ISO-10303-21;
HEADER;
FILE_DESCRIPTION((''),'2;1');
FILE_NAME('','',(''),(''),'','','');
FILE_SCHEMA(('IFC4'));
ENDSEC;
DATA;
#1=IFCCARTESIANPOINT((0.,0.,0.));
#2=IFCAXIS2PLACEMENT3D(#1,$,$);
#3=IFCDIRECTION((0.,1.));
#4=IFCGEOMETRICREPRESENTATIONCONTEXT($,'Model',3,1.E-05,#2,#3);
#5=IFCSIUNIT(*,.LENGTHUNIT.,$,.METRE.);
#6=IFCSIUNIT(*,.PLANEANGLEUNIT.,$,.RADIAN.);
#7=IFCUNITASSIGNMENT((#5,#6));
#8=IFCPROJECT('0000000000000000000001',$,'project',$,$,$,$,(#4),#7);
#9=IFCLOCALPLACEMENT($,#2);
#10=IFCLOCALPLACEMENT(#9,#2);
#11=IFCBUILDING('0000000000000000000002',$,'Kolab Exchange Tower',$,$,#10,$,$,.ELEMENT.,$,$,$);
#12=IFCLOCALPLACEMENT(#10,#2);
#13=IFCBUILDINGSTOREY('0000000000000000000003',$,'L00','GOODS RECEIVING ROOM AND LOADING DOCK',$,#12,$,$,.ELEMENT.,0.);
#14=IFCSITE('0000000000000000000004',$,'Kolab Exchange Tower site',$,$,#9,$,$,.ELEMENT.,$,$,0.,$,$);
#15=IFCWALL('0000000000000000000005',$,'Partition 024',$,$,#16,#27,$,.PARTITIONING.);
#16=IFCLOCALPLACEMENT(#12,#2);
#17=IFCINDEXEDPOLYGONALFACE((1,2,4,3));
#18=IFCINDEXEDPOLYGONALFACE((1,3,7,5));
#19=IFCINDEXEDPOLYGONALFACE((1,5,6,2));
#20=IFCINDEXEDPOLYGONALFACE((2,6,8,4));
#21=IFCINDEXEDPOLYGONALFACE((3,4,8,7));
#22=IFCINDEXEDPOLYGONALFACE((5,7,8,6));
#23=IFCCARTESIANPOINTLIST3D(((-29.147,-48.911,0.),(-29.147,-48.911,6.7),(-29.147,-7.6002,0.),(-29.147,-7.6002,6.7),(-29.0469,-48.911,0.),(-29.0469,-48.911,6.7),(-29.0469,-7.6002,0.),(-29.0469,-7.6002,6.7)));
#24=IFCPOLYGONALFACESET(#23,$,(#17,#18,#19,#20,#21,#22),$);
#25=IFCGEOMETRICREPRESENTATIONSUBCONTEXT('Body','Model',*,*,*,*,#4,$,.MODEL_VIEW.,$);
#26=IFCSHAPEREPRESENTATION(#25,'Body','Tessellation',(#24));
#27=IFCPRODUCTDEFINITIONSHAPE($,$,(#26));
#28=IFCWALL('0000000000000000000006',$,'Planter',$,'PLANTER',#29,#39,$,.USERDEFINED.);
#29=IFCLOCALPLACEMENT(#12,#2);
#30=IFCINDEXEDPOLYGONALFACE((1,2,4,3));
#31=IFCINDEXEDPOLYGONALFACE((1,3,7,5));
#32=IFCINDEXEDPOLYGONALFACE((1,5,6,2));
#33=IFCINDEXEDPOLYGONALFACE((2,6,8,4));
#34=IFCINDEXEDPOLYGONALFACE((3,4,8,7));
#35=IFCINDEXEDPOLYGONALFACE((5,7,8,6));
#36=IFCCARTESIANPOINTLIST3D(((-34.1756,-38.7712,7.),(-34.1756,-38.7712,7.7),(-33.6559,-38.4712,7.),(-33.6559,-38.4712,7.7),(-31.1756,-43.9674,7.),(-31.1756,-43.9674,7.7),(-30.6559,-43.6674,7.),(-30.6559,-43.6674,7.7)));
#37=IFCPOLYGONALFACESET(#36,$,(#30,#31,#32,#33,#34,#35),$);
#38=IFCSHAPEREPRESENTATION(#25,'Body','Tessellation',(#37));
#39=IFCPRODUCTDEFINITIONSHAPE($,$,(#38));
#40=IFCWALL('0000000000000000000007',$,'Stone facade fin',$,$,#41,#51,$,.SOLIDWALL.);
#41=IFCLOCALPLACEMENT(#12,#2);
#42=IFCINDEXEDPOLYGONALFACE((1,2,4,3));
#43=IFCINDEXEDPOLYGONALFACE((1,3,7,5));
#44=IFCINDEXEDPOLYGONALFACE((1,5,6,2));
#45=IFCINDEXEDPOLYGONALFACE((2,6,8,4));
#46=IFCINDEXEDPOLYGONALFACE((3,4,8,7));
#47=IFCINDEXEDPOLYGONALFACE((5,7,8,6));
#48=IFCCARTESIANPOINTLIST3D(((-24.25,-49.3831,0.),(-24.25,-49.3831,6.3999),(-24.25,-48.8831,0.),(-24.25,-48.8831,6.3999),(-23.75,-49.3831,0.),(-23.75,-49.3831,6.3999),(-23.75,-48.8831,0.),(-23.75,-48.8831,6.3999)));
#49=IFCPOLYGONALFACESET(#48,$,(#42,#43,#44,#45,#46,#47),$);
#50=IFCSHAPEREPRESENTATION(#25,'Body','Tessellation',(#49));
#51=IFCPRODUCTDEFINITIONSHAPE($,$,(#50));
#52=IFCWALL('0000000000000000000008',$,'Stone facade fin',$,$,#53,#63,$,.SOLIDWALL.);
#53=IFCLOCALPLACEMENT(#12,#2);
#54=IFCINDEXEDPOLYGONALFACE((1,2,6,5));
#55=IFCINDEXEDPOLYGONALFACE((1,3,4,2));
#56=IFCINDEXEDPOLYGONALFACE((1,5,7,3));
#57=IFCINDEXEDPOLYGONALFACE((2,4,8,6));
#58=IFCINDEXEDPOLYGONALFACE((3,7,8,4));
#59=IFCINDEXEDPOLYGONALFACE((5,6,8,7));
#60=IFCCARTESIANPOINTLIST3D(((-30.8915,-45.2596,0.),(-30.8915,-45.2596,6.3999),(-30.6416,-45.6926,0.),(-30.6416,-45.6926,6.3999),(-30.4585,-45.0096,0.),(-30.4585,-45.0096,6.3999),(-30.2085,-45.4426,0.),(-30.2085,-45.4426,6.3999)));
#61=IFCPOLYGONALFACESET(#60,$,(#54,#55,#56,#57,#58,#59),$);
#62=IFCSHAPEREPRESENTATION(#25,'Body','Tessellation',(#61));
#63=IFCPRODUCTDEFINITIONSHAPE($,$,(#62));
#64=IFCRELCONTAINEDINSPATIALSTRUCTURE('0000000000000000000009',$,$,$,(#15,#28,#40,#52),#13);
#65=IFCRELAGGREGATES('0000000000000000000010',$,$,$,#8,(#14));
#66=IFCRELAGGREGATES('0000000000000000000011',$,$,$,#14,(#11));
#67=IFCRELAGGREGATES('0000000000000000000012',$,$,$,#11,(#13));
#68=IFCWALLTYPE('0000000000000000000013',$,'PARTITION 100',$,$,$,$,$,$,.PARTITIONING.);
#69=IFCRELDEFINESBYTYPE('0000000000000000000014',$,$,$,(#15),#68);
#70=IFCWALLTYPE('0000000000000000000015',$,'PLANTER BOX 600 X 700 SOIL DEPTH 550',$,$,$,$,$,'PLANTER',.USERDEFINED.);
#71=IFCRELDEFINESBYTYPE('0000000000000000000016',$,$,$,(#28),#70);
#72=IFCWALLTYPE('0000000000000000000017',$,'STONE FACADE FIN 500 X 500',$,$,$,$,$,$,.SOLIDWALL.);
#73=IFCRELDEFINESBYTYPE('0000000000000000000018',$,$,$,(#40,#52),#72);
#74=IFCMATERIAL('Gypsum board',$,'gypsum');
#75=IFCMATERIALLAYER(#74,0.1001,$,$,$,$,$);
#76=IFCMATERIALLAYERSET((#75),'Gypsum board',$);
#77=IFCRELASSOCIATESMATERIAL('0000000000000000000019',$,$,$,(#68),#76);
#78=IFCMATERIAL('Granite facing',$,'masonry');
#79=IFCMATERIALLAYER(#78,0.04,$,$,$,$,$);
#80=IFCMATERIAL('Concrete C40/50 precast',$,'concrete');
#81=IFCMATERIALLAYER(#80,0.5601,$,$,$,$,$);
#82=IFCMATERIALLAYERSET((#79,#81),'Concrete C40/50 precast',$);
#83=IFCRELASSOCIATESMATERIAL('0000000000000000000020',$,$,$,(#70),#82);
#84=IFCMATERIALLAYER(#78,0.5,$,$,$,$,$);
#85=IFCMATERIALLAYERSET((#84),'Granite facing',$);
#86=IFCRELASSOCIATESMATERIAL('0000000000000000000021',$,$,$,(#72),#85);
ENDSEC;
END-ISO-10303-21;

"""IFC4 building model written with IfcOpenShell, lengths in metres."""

from ifc_helpers import new_model, si_unit, direction, frame, frame_2d, origin, place, context, subcontext, project, spatial, rectangle, extrude, material, layer, layer_set, type_object, element, save


model = new_model("IFC4")

# Units and contexts
model_context = context("Model", 3, precision=1e-05, world=origin(), true_north=direction((0.0, 1.0)))
body_context = subcontext(model_context, "Body", "Model", "MODEL_VIEW")
ifc_project = project(units=[si_unit("LENGTHUNIT", "METRE"), si_unit("PLANEANGLEUNIT", "RADIAN")], contexts=[model_context])

# Site, building, storey
site_placement = place(None, origin())
site = spatial("IfcSite", under=ifc_project, at=site_placement, Name="Kolab Exchange Tower site", CompositionType="ELEMENT", RefElevation=0.0)
building_placement = place(site_placement, origin())
building = spatial("IfcBuilding", under=site, at=building_placement, Name="Kolab Exchange Tower", CompositionType="ELEMENT")
storey_placement = place(building_placement, origin())
storey = spatial("IfcBuildingStorey", under=building, at=storey_placement, Name="L00", Description="GOODS RECEIVING ROOM AND LOADING DOCK", CompositionType="ELEMENT", Elevation=0.0)

# Walls
ifc_material_1 = material(Name="Gypsum board", Category="gypsum")
ifc_layer_1 = layer(ifc_material_1, 0.1001)
ifc_layer_set_1 = layer_set([ifc_layer_1], Name="Gypsum board")
wall_type_1 = type_object("IfcWallType", Name="PARTITION 100", PredefinedType="PARTITIONING", material=ifc_layer_set_1)
wall_1_placement = place(storey_placement, frame((-29.0969, -48.9109, 0.0), z_axis=(0.0, 0.0, 1.0), x_axis=(0.0, 1.0, 0.0)))
element("IfcWall", 1, at=wall_1_placement, inside=storey, type_object=wall_type_1, Name="Partition 024", PredefinedType="PARTITIONING", context=body_context, shape_type="SweptSolid", body=[
    extrude(rectangle(XDim=41.3108, YDim=0.1001, at=frame_2d((20.6553, 0.0))), origin(), (0.0, 0.0, 1.0), 6.7),
])
ifc_material_2 = material(Name="Granite facing", Category="masonry")
ifc_layer_2 = layer(ifc_material_2, 0.04)
ifc_material_3 = material(Name="Concrete C40/50 precast", Category="concrete")
ifc_layer_3 = layer(ifc_material_3, 0.5601)
ifc_layer_set_2 = layer_set([ifc_layer_2, ifc_layer_3], Name="Concrete C40/50 precast")
wall_type_2 = type_object("IfcWallType", Name="PLANTER BOX 600 X 700 SOIL DEPTH 550", ElementType="PLANTER", PredefinedType="USERDEFINED", material=ifc_layer_set_2)
wall_2_placement = place(storey_placement, frame((-30.9158, -43.8174, 7.0), z_axis=(0.0, 0.0, 1.0), x_axis=(-0.49999, 0.866031, 0.0)))
element("IfcWall", 2, at=wall_2_placement, inside=storey, type_object=wall_type_2, Name="Planter", ObjectType="PLANTER", PredefinedType="USERDEFINED", context=body_context, shape_type="SweptSolid", body=[
    extrude(rectangle(XDim=6.0, YDim=0.6001, at=frame_2d((3.0, 0.0))), origin(), (0.0, 0.0, 1.0), 0.7),
])
ifc_layer_4 = layer(ifc_material_2, 0.5)
ifc_layer_set_3 = layer_set([ifc_layer_4], Name="Granite facing")
wall_type_3 = type_object("IfcWallType", Name="STONE FACADE FIN 500 X 500", PredefinedType="SOLIDWALL", material=ifc_layer_set_3)
for number, where, z_axis, x_axis, name in (
    (3, (-23.75, -49.1331, 0.0), (0.0, 0.0, 1.0), (-1.0, 0.0, 0.0), "Stone facade fin"),
    (4, (-30.425, -45.5676, 0.0), (0.0, 0.0, 1.0), (-0.49992, 0.866072, 0.0), "Stone facade fin"),
):
    element("IfcWall", number, at=place(storey_placement, frame(where, z_axis=z_axis, x_axis=x_axis)), inside=storey, type_object=wall_type_3, Name=name, PredefinedType="SOLIDWALL", context=body_context, shape_type="SweptSolid", body=[
        extrude(rectangle(XDim=0.5, YDim=0.5, at=frame_2d((0.25, 0.0))), origin(), (0.0, 0.0, 1.0), 6.3999),
    ])

save(model, "model.ifc")
